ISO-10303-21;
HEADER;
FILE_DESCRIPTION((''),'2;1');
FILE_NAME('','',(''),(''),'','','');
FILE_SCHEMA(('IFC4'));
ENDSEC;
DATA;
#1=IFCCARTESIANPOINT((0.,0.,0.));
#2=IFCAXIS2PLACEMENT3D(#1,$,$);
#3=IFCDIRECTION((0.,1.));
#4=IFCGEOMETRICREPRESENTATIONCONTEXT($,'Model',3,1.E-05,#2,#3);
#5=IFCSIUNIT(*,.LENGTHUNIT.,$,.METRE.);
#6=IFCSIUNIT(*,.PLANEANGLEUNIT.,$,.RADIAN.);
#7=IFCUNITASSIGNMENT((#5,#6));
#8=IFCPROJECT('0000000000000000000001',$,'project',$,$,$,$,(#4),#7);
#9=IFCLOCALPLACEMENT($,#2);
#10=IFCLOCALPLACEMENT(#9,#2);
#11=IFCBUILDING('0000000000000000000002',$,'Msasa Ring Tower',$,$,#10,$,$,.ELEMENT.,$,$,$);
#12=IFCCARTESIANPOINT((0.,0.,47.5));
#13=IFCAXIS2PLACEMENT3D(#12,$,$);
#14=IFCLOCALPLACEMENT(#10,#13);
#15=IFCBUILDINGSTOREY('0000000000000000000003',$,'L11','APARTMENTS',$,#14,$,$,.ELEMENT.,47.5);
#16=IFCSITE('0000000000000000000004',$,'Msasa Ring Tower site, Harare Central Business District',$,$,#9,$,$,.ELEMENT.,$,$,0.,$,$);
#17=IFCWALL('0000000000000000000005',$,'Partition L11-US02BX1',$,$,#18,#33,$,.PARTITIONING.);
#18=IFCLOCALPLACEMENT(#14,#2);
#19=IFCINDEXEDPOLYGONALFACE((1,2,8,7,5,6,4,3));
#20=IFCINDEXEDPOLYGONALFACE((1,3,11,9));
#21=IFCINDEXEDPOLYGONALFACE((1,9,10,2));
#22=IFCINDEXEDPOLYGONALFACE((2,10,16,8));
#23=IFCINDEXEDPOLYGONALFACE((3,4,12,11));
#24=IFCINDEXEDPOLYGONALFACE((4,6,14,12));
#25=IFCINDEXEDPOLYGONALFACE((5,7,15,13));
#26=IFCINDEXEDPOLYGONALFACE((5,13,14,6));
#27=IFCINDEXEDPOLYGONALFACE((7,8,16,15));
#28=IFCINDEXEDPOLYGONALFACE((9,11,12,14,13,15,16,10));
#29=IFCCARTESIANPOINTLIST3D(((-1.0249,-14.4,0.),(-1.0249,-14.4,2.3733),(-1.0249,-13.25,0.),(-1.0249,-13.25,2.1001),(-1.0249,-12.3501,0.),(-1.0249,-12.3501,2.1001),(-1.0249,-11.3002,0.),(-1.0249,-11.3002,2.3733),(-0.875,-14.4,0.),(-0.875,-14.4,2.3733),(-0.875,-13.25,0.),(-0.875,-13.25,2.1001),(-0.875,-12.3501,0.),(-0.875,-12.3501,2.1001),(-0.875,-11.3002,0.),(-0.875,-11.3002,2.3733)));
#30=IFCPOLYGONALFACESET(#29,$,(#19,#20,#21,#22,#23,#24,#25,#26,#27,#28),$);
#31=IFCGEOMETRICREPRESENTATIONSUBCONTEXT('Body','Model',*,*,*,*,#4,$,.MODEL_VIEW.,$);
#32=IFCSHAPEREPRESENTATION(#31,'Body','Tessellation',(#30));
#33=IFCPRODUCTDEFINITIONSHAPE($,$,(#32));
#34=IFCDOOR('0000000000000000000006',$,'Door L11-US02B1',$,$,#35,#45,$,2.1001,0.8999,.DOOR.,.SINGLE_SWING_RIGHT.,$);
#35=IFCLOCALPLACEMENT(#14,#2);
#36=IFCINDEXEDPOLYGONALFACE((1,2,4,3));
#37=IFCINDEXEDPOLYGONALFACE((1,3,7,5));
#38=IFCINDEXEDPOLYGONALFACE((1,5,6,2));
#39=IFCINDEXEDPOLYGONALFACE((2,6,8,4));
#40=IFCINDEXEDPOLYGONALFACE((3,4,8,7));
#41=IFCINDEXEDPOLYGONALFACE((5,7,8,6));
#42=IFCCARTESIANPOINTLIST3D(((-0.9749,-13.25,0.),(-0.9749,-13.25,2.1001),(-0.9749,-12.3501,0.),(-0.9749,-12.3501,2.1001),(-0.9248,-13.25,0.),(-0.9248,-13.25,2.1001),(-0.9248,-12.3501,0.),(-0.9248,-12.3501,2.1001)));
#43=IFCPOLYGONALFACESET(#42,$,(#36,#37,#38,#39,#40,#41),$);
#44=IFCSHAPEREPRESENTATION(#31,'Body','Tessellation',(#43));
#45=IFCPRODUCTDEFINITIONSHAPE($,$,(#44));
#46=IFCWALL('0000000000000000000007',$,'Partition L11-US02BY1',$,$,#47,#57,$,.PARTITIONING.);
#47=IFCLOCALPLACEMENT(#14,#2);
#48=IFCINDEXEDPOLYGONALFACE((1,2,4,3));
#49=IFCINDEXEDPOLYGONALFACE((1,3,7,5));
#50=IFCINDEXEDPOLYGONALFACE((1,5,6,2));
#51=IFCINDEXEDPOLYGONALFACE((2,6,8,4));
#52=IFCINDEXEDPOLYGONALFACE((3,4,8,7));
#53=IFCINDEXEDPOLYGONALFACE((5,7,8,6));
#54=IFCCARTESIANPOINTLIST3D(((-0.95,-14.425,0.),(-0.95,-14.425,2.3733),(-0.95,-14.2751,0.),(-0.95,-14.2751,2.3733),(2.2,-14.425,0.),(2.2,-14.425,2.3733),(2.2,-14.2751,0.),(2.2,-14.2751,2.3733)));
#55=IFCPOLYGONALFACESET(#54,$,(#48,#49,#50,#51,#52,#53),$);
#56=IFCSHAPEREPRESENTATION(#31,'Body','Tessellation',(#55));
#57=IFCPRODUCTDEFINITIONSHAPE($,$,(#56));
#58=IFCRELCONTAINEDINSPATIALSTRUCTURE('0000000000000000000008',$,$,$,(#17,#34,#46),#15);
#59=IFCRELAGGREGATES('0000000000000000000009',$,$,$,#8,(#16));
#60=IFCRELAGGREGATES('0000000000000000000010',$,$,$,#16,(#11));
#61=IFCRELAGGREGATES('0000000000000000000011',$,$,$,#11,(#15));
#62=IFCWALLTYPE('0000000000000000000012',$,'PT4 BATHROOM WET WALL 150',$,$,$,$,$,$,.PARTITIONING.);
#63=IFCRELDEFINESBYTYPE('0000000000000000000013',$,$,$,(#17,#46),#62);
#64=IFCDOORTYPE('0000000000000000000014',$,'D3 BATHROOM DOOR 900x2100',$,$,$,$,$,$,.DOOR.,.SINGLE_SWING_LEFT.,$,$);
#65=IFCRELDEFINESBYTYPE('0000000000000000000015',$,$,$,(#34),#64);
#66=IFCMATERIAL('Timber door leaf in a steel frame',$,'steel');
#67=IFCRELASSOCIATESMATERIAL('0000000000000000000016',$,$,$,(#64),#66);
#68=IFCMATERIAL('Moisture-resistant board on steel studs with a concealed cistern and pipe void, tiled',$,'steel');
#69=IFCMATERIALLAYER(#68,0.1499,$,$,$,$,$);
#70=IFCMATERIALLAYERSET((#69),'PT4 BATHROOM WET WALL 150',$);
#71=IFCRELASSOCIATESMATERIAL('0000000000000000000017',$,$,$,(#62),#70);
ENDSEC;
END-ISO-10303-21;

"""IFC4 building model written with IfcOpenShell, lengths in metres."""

from ifc_helpers import new_model, si_unit, direction, frame, frame_2d, origin, place, context, subcontext, project, spatial, rectangle, extrude, material, layer, layer_set, type_object, element, fill, save


model = new_model("IFC4")

# Units and contexts
model_context = context("Model", 3, precision=1e-05, world=origin(), true_north=direction((0.0, 1.0)))
body_context = subcontext(model_context, "Body", "Model", "MODEL_VIEW")
ifc_project = project(units=[si_unit("LENGTHUNIT", "METRE"), si_unit("PLANEANGLEUNIT", "RADIAN")], contexts=[model_context])

# Site, building, storey
site_placement = place(None, origin())
site = spatial("IfcSite", under=ifc_project, at=site_placement, Name="Msasa Ring Tower site, Harare Central Business District", CompositionType="ELEMENT", RefElevation=0.0)
building_placement = place(site_placement, origin())
building = spatial("IfcBuilding", under=site, at=building_placement, Name="Msasa Ring Tower", CompositionType="ELEMENT")
storey_placement = place(building_placement, frame((0.0, 0.0, 47.5)))
storey = spatial("IfcBuildingStorey", under=building, at=storey_placement, Name="L11", Description="APARTMENTS", CompositionType="ELEMENT", Elevation=47.5)

# Shared definitions
ifc_material_1 = material(Name="Timber door leaf in a steel frame", Category="steel")
door_type_1 = type_object("IfcDoorType", Name="D3 BATHROOM DOOR 900x2100", OperationType="SINGLE_SWING_LEFT", PredefinedType="DOOR", material=ifc_material_1)

# Wall, opening, door
ifc_material_2 = material(Name="Moisture-resistant board on steel studs with a concealed cistern and pipe void, tiled", Category="steel")
ifc_layer_1 = layer(ifc_material_2, 0.1499)
ifc_layer_set_1 = layer_set([ifc_layer_1], Name="PT4 BATHROOM WET WALL 150")
wall_type_1 = type_object("IfcWallType", Name="PT4 BATHROOM WET WALL 150", PredefinedType="PARTITIONING", material=ifc_layer_set_1)
wall_1_placement = place(storey_placement, frame((-0.95, -14.3999, 0.0), z_axis=(0.0, 0.0, 1.0), x_axis=(0.0, 1.0, 0.0)))
wall_1 = element("IfcWall", 1, at=wall_1_placement, inside=storey, type_object=wall_type_1, Name="Partition L11-US02BX1", PredefinedType="PARTITIONING", context=body_context, shape_type="SweptSolid", body=[
    extrude(rectangle(XDim=3.0999, YDim=0.1499, at=frame_2d((1.5498, 0.0))), origin(), (0.0, 0.0, 1.0), 2.3733),
])
opening_1_placement = place(wall_1_placement, frame((1.1499, 0.0, 0.0)))
opening_1 = element("IfcOpeningElement", 2, at=opening_1_placement, cuts=wall_1, PredefinedType="OPENING", context=body_context, shape_type="SweptSolid", body=[
    extrude(rectangle(XDim=0.8999, YDim=2.1001, at=frame_2d((0.45, 1.05))), frame((0.0, 0.085, 0.0), z_axis=(0.0, -1.0, 0.0), x_axis=(1.0, 0.0, 0.0)), (0.0, 0.0, 1.0), 0.1699),
])
door_1_placement = place(opening_1_placement, origin())
door_1 = element("IfcDoor", 3, at=door_1_placement, inside=storey, type_object=door_type_1, Name="Door L11-US02B1", OperationType="SINGLE_SWING_RIGHT", OverallHeight=2.1001, OverallWidth=0.8999, PredefinedType="DOOR", context=body_context, shape_type="SweptSolid", body=[
    extrude(rectangle(XDim=0.8999, YDim=2.1001, at=frame_2d((0.45, 1.05))), frame((0.0, 0.0249, 0.0), z_axis=(0.0, -1.0, 0.0), x_axis=(1.0, 0.0, 0.0)), (0.0, 0.0, 1.0), 0.05),
])
fill(opening_1, door_1)

# Wall
wall_2_placement = place(storey_placement, frame((-0.95, -14.3501, 0.0), z_axis=(0.0, 0.0, 1.0), x_axis=(1.0, 0.0, 0.0)))
element("IfcWall", 4, at=wall_2_placement, inside=storey, type_object=wall_type_1, Name="Partition L11-US02BY1", PredefinedType="PARTITIONING", context=body_context, shape_type="SweptSolid", body=[
    extrude(rectangle(XDim=3.1499, YDim=0.1499, at=frame_2d((1.575, 0.0))), origin(), (0.0, 0.0, 1.0), 2.3733),
])

save(model, "model.ifc")
